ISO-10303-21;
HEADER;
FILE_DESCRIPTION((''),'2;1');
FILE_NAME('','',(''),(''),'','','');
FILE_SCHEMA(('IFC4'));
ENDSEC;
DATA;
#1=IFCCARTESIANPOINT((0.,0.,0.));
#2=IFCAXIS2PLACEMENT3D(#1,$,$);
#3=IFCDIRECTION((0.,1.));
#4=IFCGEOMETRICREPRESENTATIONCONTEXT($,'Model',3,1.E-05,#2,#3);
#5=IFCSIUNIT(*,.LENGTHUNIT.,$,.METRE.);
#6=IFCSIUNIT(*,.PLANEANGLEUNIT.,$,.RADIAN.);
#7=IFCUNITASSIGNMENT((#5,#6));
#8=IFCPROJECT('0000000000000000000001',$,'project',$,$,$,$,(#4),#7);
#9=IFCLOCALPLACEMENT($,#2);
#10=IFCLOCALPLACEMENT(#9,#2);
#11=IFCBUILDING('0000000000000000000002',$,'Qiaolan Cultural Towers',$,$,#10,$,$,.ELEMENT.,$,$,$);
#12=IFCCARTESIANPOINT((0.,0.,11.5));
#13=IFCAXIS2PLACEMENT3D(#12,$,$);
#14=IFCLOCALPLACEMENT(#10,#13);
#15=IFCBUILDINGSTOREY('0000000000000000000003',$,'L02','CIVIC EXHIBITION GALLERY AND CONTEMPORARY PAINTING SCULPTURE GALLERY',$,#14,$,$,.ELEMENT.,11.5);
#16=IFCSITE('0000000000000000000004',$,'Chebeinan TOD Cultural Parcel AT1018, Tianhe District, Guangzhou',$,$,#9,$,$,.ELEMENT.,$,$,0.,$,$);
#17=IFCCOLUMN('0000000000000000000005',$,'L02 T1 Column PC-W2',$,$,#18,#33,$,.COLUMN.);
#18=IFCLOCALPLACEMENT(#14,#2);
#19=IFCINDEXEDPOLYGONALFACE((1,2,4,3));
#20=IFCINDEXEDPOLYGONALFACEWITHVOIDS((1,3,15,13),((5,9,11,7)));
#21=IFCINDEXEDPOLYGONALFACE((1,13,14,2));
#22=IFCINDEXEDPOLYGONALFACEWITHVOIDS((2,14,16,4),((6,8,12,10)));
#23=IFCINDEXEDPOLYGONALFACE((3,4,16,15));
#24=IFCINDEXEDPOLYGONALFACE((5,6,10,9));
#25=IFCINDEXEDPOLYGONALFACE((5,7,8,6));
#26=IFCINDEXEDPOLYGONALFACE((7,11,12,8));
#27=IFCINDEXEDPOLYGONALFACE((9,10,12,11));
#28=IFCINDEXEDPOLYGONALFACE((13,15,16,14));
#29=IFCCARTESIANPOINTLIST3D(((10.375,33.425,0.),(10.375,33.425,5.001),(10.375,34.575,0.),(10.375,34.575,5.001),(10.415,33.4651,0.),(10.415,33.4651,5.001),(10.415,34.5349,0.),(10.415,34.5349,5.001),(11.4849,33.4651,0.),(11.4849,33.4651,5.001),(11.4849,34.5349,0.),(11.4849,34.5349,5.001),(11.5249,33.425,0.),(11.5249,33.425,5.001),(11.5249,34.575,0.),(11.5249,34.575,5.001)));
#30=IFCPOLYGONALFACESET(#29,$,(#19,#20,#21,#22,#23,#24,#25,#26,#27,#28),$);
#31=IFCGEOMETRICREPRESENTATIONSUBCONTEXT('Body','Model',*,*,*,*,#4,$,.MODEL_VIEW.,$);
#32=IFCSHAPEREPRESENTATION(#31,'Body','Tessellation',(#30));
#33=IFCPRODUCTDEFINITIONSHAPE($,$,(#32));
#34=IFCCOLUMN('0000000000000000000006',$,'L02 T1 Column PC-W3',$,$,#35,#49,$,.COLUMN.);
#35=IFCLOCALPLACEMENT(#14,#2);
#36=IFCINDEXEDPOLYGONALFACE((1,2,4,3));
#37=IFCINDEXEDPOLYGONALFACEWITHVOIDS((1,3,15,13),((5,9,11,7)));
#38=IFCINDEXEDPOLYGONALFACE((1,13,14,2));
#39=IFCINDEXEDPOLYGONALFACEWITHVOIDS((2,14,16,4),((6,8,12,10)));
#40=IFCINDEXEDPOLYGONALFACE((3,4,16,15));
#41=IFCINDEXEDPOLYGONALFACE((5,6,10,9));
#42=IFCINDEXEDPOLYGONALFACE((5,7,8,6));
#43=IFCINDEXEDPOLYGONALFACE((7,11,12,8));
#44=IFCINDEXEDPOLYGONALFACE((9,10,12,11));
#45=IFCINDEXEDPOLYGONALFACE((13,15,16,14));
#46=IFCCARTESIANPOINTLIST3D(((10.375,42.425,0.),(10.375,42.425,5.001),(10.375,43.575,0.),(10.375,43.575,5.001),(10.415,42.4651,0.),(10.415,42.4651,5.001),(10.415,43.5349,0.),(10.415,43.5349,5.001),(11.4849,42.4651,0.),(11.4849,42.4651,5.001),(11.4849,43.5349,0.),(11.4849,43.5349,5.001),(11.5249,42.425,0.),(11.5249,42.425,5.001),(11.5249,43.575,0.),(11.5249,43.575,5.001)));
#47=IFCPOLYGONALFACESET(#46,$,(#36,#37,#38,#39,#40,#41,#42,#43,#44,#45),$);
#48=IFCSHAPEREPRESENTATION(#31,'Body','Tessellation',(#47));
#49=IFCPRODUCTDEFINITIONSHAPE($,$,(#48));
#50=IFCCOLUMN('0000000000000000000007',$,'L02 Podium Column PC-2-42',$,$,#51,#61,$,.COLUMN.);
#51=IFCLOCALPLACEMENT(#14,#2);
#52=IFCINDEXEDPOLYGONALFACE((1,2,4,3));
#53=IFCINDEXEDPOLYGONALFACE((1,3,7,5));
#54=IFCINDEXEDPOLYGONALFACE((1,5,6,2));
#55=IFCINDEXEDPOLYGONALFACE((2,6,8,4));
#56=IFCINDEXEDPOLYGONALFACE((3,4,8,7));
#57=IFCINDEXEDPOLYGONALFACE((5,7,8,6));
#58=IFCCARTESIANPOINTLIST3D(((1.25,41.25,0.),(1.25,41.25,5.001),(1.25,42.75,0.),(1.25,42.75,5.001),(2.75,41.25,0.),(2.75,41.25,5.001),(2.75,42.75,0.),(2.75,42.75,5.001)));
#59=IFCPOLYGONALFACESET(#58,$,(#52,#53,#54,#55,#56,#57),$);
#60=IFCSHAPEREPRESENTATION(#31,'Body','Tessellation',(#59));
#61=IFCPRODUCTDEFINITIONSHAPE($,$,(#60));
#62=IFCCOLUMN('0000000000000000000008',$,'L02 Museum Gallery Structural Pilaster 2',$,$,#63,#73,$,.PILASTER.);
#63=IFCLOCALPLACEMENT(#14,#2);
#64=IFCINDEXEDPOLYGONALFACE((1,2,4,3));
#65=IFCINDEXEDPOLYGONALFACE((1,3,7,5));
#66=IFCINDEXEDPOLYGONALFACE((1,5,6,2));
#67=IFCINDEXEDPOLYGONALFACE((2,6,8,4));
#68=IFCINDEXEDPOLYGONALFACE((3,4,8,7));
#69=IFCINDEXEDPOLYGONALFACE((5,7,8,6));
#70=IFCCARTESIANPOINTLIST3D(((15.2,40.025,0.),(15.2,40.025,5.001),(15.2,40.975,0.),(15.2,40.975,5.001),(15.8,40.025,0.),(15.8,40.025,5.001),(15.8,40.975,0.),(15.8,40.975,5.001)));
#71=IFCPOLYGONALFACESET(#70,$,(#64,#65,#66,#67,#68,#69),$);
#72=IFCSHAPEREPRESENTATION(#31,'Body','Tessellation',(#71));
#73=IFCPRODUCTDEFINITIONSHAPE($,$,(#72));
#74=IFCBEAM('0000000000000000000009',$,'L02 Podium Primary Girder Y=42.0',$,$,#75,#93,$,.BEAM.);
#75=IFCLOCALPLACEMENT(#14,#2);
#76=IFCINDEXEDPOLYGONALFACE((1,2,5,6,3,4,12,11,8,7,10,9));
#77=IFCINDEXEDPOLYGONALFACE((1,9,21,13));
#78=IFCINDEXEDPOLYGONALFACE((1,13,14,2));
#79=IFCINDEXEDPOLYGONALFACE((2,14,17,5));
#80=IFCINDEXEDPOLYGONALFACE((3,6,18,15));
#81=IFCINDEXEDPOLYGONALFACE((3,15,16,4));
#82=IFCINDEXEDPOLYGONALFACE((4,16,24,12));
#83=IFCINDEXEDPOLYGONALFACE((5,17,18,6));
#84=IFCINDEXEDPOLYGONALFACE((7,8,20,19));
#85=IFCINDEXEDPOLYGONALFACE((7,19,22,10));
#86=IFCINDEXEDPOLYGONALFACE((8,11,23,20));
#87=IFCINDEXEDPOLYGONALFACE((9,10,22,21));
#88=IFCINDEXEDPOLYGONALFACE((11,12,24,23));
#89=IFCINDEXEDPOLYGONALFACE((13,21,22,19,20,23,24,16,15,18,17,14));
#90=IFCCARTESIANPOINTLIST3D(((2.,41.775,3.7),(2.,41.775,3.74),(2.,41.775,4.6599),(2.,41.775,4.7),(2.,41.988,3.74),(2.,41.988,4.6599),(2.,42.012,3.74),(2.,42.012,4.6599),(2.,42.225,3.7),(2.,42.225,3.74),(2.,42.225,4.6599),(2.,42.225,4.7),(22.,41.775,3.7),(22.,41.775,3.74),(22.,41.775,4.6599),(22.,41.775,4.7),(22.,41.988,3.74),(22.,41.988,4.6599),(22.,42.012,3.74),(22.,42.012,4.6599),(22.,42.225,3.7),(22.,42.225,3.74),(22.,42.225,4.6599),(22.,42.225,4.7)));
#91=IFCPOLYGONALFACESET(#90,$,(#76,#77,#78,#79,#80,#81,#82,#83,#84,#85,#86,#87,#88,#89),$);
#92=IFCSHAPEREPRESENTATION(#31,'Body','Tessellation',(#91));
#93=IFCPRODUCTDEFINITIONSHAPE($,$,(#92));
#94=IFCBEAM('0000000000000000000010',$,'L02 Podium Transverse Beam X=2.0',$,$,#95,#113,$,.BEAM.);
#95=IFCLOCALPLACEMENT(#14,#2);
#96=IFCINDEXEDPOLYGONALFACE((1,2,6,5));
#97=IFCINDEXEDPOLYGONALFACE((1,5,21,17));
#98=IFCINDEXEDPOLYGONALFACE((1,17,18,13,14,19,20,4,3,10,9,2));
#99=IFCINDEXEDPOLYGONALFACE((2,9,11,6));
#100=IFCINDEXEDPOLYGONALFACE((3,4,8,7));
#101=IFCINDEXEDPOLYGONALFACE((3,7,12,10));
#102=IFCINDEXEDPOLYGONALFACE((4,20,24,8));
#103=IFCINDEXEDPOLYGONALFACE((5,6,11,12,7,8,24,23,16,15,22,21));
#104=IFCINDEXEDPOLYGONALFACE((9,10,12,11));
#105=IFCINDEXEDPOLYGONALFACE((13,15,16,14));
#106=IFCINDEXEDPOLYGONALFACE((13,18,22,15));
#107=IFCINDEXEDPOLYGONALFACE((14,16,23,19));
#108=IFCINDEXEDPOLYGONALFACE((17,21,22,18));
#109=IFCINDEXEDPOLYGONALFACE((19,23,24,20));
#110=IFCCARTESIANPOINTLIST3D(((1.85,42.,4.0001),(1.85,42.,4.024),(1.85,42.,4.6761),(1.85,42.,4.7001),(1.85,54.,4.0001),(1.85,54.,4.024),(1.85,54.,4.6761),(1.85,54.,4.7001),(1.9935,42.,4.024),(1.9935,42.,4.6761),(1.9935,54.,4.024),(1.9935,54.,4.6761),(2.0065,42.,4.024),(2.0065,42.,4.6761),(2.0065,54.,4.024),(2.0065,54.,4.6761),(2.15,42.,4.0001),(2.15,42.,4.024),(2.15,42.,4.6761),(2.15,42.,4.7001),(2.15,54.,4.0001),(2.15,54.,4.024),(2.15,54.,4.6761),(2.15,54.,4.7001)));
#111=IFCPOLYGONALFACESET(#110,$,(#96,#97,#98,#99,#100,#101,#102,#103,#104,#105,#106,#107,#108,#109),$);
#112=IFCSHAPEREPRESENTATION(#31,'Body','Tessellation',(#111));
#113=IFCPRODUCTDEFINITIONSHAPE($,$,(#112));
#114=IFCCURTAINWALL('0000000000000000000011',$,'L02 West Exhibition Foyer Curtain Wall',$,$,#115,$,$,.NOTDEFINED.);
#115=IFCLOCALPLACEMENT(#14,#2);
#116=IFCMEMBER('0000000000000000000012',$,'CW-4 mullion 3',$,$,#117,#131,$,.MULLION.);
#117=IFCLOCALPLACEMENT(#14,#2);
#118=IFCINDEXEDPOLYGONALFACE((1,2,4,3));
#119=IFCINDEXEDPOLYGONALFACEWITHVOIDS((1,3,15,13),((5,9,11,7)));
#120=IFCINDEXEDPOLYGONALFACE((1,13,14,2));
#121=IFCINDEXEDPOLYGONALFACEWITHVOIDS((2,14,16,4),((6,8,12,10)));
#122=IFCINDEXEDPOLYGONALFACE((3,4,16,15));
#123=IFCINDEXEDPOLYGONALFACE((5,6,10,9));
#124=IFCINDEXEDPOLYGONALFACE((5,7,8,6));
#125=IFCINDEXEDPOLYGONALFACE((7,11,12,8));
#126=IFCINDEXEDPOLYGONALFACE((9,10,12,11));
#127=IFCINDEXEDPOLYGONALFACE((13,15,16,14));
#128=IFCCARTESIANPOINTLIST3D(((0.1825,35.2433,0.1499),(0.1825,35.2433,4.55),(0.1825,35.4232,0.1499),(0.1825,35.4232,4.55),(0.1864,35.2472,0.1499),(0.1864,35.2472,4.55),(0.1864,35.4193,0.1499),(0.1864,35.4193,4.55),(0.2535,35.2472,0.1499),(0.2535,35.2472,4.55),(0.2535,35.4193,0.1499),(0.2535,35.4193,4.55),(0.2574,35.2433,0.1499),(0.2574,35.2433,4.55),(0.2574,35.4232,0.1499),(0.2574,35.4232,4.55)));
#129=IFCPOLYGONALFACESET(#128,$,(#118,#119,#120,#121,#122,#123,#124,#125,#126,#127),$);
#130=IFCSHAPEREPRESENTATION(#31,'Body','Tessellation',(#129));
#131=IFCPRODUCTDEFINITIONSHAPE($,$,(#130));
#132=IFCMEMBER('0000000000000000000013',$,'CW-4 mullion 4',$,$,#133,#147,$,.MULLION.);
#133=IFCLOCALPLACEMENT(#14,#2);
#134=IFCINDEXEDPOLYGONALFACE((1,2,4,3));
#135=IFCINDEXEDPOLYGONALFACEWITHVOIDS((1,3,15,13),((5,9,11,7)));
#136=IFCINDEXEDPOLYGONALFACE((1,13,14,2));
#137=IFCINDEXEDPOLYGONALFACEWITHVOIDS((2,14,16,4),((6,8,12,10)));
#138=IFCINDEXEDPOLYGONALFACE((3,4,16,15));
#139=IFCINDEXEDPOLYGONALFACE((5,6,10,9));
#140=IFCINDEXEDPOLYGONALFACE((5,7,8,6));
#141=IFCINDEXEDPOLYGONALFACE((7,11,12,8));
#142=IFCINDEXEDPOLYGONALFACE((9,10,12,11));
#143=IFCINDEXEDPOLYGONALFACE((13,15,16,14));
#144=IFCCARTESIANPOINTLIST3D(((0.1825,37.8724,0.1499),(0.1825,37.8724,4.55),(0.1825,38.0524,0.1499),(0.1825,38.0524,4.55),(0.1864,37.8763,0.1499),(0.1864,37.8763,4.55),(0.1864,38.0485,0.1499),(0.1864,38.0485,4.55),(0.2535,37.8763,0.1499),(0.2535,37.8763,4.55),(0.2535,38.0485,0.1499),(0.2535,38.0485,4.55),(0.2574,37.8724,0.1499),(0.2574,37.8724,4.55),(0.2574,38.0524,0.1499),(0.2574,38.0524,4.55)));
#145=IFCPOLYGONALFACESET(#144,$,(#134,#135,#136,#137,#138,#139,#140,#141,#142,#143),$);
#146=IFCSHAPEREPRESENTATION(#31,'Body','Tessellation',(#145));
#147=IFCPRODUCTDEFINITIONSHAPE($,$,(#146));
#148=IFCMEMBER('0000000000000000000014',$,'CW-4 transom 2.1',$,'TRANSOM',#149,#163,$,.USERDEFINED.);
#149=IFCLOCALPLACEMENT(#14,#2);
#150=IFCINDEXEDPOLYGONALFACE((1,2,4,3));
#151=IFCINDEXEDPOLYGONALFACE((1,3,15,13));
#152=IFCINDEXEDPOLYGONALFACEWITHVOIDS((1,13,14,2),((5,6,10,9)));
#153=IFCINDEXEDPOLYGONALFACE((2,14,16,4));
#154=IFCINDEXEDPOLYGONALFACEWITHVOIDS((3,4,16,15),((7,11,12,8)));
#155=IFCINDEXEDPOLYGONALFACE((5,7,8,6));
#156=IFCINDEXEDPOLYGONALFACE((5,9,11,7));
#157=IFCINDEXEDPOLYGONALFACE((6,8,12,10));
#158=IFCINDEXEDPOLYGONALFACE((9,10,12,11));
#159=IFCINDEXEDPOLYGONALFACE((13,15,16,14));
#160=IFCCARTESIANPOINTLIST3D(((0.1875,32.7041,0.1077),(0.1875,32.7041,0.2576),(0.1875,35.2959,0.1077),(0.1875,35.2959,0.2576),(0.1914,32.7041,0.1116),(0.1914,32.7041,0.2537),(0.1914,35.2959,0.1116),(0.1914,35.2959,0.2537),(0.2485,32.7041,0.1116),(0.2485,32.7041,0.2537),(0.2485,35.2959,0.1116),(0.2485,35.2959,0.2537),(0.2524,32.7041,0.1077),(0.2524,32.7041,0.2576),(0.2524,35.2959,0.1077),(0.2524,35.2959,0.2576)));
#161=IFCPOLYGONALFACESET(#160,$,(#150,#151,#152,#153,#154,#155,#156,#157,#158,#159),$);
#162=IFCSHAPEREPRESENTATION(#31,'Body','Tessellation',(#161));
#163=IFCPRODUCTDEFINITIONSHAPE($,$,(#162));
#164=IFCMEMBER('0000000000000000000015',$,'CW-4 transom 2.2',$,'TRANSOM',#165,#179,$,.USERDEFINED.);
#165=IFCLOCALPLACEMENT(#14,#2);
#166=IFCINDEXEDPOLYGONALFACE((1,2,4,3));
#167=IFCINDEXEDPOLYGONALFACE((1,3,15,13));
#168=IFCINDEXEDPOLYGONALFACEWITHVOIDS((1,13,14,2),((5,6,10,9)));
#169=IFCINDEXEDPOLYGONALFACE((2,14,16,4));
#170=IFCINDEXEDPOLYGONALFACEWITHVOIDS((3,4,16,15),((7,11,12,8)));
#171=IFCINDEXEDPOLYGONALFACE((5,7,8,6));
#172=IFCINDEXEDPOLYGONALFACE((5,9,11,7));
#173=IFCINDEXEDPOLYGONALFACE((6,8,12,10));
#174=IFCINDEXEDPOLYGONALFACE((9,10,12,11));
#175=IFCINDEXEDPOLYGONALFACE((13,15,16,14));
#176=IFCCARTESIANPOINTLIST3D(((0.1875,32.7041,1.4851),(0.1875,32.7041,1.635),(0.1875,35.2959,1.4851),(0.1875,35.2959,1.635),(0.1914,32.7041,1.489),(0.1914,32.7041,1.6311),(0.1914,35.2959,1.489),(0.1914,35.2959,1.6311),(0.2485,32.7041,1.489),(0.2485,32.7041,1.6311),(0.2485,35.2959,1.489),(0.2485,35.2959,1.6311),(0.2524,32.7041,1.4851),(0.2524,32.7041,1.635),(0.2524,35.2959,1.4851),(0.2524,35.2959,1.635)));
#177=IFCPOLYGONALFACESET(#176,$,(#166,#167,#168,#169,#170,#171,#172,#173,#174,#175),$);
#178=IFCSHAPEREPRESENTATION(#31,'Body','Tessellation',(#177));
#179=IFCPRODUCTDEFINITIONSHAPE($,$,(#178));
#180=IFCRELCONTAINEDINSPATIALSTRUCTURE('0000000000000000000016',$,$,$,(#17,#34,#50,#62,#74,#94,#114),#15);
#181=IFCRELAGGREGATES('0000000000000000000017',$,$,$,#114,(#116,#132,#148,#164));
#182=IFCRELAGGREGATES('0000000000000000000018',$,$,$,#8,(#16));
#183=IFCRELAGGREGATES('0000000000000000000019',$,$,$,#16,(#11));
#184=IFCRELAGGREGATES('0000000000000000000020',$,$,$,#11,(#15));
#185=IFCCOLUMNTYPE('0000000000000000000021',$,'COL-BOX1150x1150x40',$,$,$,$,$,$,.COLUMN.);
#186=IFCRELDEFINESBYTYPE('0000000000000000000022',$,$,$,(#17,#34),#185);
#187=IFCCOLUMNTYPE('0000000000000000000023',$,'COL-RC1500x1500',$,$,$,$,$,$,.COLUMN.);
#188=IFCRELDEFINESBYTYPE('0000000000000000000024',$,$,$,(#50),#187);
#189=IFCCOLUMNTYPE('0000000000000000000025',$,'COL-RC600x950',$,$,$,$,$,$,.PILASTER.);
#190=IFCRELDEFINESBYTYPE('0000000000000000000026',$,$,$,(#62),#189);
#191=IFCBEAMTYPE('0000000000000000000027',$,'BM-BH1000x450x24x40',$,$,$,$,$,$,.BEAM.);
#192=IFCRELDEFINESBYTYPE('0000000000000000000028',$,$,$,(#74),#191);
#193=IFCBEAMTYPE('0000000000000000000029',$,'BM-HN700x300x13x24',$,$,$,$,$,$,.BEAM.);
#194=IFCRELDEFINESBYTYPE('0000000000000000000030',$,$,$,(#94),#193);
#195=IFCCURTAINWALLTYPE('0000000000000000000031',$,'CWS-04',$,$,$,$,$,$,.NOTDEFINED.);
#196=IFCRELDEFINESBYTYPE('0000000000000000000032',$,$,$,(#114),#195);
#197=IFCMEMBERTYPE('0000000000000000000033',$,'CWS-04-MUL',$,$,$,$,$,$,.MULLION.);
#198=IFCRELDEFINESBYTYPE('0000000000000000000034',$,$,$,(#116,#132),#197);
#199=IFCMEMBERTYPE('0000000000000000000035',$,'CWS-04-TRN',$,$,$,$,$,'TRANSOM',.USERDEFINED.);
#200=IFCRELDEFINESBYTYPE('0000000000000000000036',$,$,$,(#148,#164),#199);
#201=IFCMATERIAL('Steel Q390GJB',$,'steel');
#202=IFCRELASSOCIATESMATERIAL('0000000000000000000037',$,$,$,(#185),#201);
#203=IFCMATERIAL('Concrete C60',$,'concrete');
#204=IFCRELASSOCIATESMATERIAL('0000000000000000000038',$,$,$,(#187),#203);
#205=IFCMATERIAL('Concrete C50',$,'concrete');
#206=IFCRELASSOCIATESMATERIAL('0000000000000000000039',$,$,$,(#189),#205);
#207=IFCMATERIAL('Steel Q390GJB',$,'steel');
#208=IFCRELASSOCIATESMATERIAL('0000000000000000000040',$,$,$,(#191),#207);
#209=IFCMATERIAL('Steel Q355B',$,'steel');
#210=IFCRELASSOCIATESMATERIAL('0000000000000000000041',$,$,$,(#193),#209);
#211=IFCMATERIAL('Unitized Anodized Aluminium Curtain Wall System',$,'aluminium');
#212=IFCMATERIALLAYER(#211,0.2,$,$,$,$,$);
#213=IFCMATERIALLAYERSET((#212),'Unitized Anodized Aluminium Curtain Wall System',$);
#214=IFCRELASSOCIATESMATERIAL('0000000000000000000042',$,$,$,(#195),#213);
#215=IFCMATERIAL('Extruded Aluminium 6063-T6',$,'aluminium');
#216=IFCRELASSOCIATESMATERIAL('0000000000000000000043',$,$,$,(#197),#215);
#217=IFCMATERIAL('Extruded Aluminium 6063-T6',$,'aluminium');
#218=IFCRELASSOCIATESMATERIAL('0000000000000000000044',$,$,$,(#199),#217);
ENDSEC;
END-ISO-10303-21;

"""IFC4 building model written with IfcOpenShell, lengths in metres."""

from ifc_helpers import new_model, si_unit, direction, frame, origin, origin_2d, place, context, subcontext, project, spatial, rectangle, hollow_rectangle, i_section, extrude, material, layer, layer_set, material_profile, profile_set, type_object, element, aggregate, save


model = new_model("IFC4")

# Units and contexts
model_context = context("Model", 3, precision=1e-05, world=origin(), true_north=direction((0.0, 1.0)))
body_context = subcontext(model_context, "Body", "Model", "MODEL_VIEW")
ifc_project = project(units=[si_unit("LENGTHUNIT", "METRE"), si_unit("PLANEANGLEUNIT", "RADIAN")], contexts=[model_context])

# Site, building, storey
site_placement = place(None, origin())
site = spatial("IfcSite", under=ifc_project, at=site_placement, Name="Chebeinan TOD Cultural Parcel AT1018, Tianhe District, Guangzhou", CompositionType="ELEMENT", RefElevation=0.0)
building_placement = place(site_placement, origin())
building = spatial("IfcBuilding", under=site, at=building_placement, Name="Qiaolan Cultural Towers", CompositionType="ELEMENT")
storey_placement = place(building_placement, frame((0.0, 0.0, 11.5)))
storey = spatial("IfcBuildingStorey", under=building, at=storey_placement, Name="L02", Description="CIVIC EXHIBITION GALLERY AND CONTEMPORARY PAINTING SCULPTURE GALLERY", CompositionType="ELEMENT", Elevation=11.5)

# Columns
ifc_material_1 = material(Name="Steel Q390GJB", Category="steel")
ifc_material_profile_1 = material_profile(ifc_material_1, hollow_rectangle(XDim=1.1499, YDim=1.1499, WallThickness=0.04, at=origin_2d()), Name="BOX1150x1150x40")
ifc_profile_set_1 = profile_set([ifc_material_profile_1], Name="Steel Q390GJB")
column_type_1 = type_object("IfcColumnType", Name="COL-BOX1150x1150x40", PredefinedType="COLUMN", material=ifc_profile_set_1)
for number, where, z_axis, x_axis, name in (
    (1, (10.95, 34.0, 0.0), (0.0, 0.0, 1.0), (1.0, 0.0, 0.0), "L02 T1 Column PC-W2"),
    (2, (10.95, 43.0, 0.0), (0.0, 0.0, 1.0), (1.0, 0.0, 0.0), "L02 T1 Column PC-W3"),
):
    element("IfcColumn", number, at=place(storey_placement, frame(where, z_axis=z_axis, x_axis=x_axis)), inside=storey, type_object=column_type_1, Name=name, PredefinedType="COLUMN", context=body_context, shape_type="SweptSolid", body=[
        extrude(hollow_rectangle(XDim=1.1499, YDim=1.1499, WallThickness=0.04, at=origin_2d()), origin(), (0.0, 0.0, 1.0), 5.001),
    ])
ifc_material_2 = material(Name="Concrete C60", Category="concrete")
ifc_material_profile_2 = material_profile(ifc_material_2, rectangle(XDim=1.5, YDim=1.5, at=origin_2d()), Name="RC1500x1500")
ifc_profile_set_2 = profile_set([ifc_material_profile_2], Name="Concrete C60")
column_type_2 = type_object("IfcColumnType", Name="COL-RC1500x1500", PredefinedType="COLUMN", material=ifc_profile_set_2)
column_1_placement = place(storey_placement, frame((2.0, 42.0, 0.0), z_axis=(0.0, 0.0, 1.0), x_axis=(1.0, 0.0, 0.0)))
element("IfcColumn", 3, at=column_1_placement, inside=storey, type_object=column_type_2, Name="L02 Podium Column PC-2-42", PredefinedType="COLUMN", context=body_context, shape_type="SweptSolid", body=[
    extrude(rectangle(XDim=1.5, YDim=1.5, at=origin_2d()), origin(), (0.0, 0.0, 1.0), 5.001),
])
ifc_material_3 = material(Name="Concrete C50", Category="concrete")
ifc_material_profile_3 = material_profile(ifc_material_3, rectangle(XDim=0.6001, YDim=0.95, at=origin_2d()), Name="RC600x950")
ifc_profile_set_3 = profile_set([ifc_material_profile_3], Name="Concrete C50")
column_type_3 = type_object("IfcColumnType", Name="COL-RC600x950", PredefinedType="PILASTER", material=ifc_profile_set_3)
column_2_placement = place(storey_placement, frame((15.5, 40.5, 0.0), z_axis=(0.0, 0.0, 1.0), x_axis=(1.0, 0.0, 0.0)))
element("IfcColumn", 4, at=column_2_placement, inside=storey, type_object=column_type_3, Name="L02 Museum Gallery Structural Pilaster 2", PredefinedType="PILASTER", context=body_context, shape_type="SweptSolid", body=[
    extrude(rectangle(XDim=0.6001, YDim=0.95, at=origin_2d()), origin(), (0.0, 0.0, 1.0), 5.001),
])

# Beams
ifc_material_4 = material(Name="Steel Q390GJB", Category="steel")
ifc_material_profile_4 = material_profile(ifc_material_4, i_section(OverallWidth=0.45, OverallDepth=1.0, WebThickness=0.0239, FlangeThickness=0.04, at=origin_2d()), Name="BH1000x450x24x40")
ifc_profile_set_4 = profile_set([ifc_material_profile_4], Name="Steel Q390GJB")
beam_type_1 = type_object("IfcBeamType", Name="BM-BH1000x450x24x40", PredefinedType="BEAM", material=ifc_profile_set_4)
beam_1_placement = place(storey_placement, frame((2.0, 42.0, 4.2), z_axis=(1.0, 0.0, 0.0), x_axis=(0.0, 1.0, 0.0)))
element("IfcBeam", 5, at=beam_1_placement, inside=storey, type_object=beam_type_1, Name="L02 Podium Primary Girder Y=42.0", PredefinedType="BEAM", context=body_context, shape_type="SweptSolid", body=[
    extrude(i_section(OverallWidth=0.45, OverallDepth=1.0, WebThickness=0.0239, FlangeThickness=0.04, at=origin_2d()), origin(), (0.0, 0.0, 1.0), 20.0),
])
ifc_material_5 = material(Name="Steel Q355B", Category="steel")
ifc_material_profile_5 = material_profile(ifc_material_5, i_section(OverallWidth=0.3, OverallDepth=0.7, WebThickness=0.0129, FlangeThickness=0.0239, at=origin_2d()), Name="HN700x300x13x24")
ifc_profile_set_5 = profile_set([ifc_material_profile_5], Name="Steel Q355B")
beam_type_2 = type_object("IfcBeamType", Name="BM-HN700x300x13x24", PredefinedType="BEAM", material=ifc_profile_set_5)
beam_2_placement = place(storey_placement, frame((2.0, 42.0, 4.3501), z_axis=(0.0, 1.0, 0.0), x_axis=(-1.0, 0.0, 0.0)))
element("IfcBeam", 6, at=beam_2_placement, inside=storey, type_object=beam_type_2, Name="L02 Podium Transverse Beam X=2.0", PredefinedType="BEAM", context=body_context, shape_type="SweptSolid", body=[
    extrude(i_section(OverallWidth=0.3, OverallDepth=0.7, WebThickness=0.0129, FlangeThickness=0.0239, at=origin_2d()), origin(), (0.0, 0.0, 1.0), 12.0),
])

# Curtain wall, members
ifc_material_6 = material(Name="Unitized Anodized Aluminium Curtain Wall System", Category="aluminium")
ifc_layer_1 = layer(ifc_material_6, 0.2)
ifc_layer_set_1 = layer_set([ifc_layer_1], Name="Unitized Anodized Aluminium Curtain Wall System")
curtain_wall_type = type_object("IfcCurtainWallType", Name="CWS-04", PredefinedType="NOTDEFINED", material=ifc_layer_set_1)
curtain_wall_placement = place(storey_placement, origin())
curtain_wall = element("IfcCurtainWall", 7, at=curtain_wall_placement, inside=storey, type_object=curtain_wall_type, Name="L02 West Exhibition Foyer Curtain Wall", PredefinedType="NOTDEFINED")
ifc_material_7 = material(Name="Extruded Aluminium 6063-T6", Category="aluminium")
ifc_material_profile_6 = material_profile(ifc_material_7, hollow_rectangle(XDim=0.075, YDim=0.1799, WallThickness=0.0039, at=origin_2d()), Name="CWM-180x75x4")
ifc_profile_set_6 = profile_set([ifc_material_profile_6], Name="Extruded Aluminium 6063-T6")
member_type_1 = type_object("IfcMemberType", Name="CWS-04-MUL", PredefinedType="MULLION", material=ifc_profile_set_6)
member_1_placement = place(storey_placement, frame((0.22, 35.3333, 0.1499), z_axis=(0.0, 0.0, 1.0), x_axis=(-1.0, 0.0, 0.0)))
member_1 = element("IfcMember", 8, at=member_1_placement, type_object=member_type_1, Name="CW-4 mullion 3", PredefinedType="MULLION", context=body_context, shape_type="SweptSolid", body=[
    extrude(hollow_rectangle(XDim=0.075, YDim=0.1799, WallThickness=0.0039, at=origin_2d()), origin(), (0.0, 0.0, 1.0), 4.4001),
])
member_2_placement = place(storey_placement, frame((0.22, 37.9624, 0.1499), z_axis=(0.0, 0.0, 1.0), x_axis=(-1.0, 0.0, 0.0)))
member_2 = element("IfcMember", 9, at=member_2_placement, type_object=member_type_1, Name="CW-4 mullion 4", PredefinedType="MULLION", context=body_context, shape_type="SweptSolid", body=[
    extrude(hollow_rectangle(XDim=0.075, YDim=0.1799, WallThickness=0.0039, at=origin_2d()), origin(), (0.0, 0.0, 1.0), 4.4001),
])
ifc_material_8 = material(Name="Extruded Aluminium 6063-T6", Category="aluminium")
ifc_material_profile_7 = material_profile(ifc_material_8, hollow_rectangle(XDim=0.0649, YDim=0.1499, WallThickness=0.0039, at=origin_2d()), Name="CWT-150x65x4")
ifc_profile_set_7 = profile_set([ifc_material_profile_7], Name="Extruded Aluminium 6063-T6")
member_type_2 = type_object("IfcMemberType", Name="CWS-04-TRN", ElementType="TRANSOM", PredefinedType="USERDEFINED", material=ifc_profile_set_7)
member_3_placement = place(storey_placement, frame((0.22, 32.7041, 0.1826), z_axis=(0.0, 1.0, 0.0), x_axis=(-1.0, 0.0, 0.0)))
member_3 = element("IfcMember", 10, at=member_3_placement, type_object=member_type_2, Name="CW-4 transom 2.1", ObjectType="TRANSOM", PredefinedType="USERDEFINED", context=body_context, shape_type="SweptSolid", body=[
    extrude(hollow_rectangle(XDim=0.0649, YDim=0.1499, WallThickness=0.0039, at=origin_2d()), origin(), (0.0, 0.0, 1.0), 2.5918),
])
member_4_placement = place(storey_placement, frame((0.22, 32.7041, 1.5601), z_axis=(0.0, 1.0, 0.0), x_axis=(-1.0, 0.0, 0.0)))
member_4 = element("IfcMember", 11, at=member_4_placement, type_object=member_type_2, Name="CW-4 transom 2.2", ObjectType="TRANSOM", PredefinedType="USERDEFINED", context=body_context, shape_type="SweptSolid", body=[
    extrude(hollow_rectangle(XDim=0.0649, YDim=0.1499, WallThickness=0.0039, at=origin_2d()), origin(), (0.0, 0.0, 1.0), 2.5918),
])
aggregate(curtain_wall, [member_1, member_2, member_3, member_4])

save(model, "model.ifc")
